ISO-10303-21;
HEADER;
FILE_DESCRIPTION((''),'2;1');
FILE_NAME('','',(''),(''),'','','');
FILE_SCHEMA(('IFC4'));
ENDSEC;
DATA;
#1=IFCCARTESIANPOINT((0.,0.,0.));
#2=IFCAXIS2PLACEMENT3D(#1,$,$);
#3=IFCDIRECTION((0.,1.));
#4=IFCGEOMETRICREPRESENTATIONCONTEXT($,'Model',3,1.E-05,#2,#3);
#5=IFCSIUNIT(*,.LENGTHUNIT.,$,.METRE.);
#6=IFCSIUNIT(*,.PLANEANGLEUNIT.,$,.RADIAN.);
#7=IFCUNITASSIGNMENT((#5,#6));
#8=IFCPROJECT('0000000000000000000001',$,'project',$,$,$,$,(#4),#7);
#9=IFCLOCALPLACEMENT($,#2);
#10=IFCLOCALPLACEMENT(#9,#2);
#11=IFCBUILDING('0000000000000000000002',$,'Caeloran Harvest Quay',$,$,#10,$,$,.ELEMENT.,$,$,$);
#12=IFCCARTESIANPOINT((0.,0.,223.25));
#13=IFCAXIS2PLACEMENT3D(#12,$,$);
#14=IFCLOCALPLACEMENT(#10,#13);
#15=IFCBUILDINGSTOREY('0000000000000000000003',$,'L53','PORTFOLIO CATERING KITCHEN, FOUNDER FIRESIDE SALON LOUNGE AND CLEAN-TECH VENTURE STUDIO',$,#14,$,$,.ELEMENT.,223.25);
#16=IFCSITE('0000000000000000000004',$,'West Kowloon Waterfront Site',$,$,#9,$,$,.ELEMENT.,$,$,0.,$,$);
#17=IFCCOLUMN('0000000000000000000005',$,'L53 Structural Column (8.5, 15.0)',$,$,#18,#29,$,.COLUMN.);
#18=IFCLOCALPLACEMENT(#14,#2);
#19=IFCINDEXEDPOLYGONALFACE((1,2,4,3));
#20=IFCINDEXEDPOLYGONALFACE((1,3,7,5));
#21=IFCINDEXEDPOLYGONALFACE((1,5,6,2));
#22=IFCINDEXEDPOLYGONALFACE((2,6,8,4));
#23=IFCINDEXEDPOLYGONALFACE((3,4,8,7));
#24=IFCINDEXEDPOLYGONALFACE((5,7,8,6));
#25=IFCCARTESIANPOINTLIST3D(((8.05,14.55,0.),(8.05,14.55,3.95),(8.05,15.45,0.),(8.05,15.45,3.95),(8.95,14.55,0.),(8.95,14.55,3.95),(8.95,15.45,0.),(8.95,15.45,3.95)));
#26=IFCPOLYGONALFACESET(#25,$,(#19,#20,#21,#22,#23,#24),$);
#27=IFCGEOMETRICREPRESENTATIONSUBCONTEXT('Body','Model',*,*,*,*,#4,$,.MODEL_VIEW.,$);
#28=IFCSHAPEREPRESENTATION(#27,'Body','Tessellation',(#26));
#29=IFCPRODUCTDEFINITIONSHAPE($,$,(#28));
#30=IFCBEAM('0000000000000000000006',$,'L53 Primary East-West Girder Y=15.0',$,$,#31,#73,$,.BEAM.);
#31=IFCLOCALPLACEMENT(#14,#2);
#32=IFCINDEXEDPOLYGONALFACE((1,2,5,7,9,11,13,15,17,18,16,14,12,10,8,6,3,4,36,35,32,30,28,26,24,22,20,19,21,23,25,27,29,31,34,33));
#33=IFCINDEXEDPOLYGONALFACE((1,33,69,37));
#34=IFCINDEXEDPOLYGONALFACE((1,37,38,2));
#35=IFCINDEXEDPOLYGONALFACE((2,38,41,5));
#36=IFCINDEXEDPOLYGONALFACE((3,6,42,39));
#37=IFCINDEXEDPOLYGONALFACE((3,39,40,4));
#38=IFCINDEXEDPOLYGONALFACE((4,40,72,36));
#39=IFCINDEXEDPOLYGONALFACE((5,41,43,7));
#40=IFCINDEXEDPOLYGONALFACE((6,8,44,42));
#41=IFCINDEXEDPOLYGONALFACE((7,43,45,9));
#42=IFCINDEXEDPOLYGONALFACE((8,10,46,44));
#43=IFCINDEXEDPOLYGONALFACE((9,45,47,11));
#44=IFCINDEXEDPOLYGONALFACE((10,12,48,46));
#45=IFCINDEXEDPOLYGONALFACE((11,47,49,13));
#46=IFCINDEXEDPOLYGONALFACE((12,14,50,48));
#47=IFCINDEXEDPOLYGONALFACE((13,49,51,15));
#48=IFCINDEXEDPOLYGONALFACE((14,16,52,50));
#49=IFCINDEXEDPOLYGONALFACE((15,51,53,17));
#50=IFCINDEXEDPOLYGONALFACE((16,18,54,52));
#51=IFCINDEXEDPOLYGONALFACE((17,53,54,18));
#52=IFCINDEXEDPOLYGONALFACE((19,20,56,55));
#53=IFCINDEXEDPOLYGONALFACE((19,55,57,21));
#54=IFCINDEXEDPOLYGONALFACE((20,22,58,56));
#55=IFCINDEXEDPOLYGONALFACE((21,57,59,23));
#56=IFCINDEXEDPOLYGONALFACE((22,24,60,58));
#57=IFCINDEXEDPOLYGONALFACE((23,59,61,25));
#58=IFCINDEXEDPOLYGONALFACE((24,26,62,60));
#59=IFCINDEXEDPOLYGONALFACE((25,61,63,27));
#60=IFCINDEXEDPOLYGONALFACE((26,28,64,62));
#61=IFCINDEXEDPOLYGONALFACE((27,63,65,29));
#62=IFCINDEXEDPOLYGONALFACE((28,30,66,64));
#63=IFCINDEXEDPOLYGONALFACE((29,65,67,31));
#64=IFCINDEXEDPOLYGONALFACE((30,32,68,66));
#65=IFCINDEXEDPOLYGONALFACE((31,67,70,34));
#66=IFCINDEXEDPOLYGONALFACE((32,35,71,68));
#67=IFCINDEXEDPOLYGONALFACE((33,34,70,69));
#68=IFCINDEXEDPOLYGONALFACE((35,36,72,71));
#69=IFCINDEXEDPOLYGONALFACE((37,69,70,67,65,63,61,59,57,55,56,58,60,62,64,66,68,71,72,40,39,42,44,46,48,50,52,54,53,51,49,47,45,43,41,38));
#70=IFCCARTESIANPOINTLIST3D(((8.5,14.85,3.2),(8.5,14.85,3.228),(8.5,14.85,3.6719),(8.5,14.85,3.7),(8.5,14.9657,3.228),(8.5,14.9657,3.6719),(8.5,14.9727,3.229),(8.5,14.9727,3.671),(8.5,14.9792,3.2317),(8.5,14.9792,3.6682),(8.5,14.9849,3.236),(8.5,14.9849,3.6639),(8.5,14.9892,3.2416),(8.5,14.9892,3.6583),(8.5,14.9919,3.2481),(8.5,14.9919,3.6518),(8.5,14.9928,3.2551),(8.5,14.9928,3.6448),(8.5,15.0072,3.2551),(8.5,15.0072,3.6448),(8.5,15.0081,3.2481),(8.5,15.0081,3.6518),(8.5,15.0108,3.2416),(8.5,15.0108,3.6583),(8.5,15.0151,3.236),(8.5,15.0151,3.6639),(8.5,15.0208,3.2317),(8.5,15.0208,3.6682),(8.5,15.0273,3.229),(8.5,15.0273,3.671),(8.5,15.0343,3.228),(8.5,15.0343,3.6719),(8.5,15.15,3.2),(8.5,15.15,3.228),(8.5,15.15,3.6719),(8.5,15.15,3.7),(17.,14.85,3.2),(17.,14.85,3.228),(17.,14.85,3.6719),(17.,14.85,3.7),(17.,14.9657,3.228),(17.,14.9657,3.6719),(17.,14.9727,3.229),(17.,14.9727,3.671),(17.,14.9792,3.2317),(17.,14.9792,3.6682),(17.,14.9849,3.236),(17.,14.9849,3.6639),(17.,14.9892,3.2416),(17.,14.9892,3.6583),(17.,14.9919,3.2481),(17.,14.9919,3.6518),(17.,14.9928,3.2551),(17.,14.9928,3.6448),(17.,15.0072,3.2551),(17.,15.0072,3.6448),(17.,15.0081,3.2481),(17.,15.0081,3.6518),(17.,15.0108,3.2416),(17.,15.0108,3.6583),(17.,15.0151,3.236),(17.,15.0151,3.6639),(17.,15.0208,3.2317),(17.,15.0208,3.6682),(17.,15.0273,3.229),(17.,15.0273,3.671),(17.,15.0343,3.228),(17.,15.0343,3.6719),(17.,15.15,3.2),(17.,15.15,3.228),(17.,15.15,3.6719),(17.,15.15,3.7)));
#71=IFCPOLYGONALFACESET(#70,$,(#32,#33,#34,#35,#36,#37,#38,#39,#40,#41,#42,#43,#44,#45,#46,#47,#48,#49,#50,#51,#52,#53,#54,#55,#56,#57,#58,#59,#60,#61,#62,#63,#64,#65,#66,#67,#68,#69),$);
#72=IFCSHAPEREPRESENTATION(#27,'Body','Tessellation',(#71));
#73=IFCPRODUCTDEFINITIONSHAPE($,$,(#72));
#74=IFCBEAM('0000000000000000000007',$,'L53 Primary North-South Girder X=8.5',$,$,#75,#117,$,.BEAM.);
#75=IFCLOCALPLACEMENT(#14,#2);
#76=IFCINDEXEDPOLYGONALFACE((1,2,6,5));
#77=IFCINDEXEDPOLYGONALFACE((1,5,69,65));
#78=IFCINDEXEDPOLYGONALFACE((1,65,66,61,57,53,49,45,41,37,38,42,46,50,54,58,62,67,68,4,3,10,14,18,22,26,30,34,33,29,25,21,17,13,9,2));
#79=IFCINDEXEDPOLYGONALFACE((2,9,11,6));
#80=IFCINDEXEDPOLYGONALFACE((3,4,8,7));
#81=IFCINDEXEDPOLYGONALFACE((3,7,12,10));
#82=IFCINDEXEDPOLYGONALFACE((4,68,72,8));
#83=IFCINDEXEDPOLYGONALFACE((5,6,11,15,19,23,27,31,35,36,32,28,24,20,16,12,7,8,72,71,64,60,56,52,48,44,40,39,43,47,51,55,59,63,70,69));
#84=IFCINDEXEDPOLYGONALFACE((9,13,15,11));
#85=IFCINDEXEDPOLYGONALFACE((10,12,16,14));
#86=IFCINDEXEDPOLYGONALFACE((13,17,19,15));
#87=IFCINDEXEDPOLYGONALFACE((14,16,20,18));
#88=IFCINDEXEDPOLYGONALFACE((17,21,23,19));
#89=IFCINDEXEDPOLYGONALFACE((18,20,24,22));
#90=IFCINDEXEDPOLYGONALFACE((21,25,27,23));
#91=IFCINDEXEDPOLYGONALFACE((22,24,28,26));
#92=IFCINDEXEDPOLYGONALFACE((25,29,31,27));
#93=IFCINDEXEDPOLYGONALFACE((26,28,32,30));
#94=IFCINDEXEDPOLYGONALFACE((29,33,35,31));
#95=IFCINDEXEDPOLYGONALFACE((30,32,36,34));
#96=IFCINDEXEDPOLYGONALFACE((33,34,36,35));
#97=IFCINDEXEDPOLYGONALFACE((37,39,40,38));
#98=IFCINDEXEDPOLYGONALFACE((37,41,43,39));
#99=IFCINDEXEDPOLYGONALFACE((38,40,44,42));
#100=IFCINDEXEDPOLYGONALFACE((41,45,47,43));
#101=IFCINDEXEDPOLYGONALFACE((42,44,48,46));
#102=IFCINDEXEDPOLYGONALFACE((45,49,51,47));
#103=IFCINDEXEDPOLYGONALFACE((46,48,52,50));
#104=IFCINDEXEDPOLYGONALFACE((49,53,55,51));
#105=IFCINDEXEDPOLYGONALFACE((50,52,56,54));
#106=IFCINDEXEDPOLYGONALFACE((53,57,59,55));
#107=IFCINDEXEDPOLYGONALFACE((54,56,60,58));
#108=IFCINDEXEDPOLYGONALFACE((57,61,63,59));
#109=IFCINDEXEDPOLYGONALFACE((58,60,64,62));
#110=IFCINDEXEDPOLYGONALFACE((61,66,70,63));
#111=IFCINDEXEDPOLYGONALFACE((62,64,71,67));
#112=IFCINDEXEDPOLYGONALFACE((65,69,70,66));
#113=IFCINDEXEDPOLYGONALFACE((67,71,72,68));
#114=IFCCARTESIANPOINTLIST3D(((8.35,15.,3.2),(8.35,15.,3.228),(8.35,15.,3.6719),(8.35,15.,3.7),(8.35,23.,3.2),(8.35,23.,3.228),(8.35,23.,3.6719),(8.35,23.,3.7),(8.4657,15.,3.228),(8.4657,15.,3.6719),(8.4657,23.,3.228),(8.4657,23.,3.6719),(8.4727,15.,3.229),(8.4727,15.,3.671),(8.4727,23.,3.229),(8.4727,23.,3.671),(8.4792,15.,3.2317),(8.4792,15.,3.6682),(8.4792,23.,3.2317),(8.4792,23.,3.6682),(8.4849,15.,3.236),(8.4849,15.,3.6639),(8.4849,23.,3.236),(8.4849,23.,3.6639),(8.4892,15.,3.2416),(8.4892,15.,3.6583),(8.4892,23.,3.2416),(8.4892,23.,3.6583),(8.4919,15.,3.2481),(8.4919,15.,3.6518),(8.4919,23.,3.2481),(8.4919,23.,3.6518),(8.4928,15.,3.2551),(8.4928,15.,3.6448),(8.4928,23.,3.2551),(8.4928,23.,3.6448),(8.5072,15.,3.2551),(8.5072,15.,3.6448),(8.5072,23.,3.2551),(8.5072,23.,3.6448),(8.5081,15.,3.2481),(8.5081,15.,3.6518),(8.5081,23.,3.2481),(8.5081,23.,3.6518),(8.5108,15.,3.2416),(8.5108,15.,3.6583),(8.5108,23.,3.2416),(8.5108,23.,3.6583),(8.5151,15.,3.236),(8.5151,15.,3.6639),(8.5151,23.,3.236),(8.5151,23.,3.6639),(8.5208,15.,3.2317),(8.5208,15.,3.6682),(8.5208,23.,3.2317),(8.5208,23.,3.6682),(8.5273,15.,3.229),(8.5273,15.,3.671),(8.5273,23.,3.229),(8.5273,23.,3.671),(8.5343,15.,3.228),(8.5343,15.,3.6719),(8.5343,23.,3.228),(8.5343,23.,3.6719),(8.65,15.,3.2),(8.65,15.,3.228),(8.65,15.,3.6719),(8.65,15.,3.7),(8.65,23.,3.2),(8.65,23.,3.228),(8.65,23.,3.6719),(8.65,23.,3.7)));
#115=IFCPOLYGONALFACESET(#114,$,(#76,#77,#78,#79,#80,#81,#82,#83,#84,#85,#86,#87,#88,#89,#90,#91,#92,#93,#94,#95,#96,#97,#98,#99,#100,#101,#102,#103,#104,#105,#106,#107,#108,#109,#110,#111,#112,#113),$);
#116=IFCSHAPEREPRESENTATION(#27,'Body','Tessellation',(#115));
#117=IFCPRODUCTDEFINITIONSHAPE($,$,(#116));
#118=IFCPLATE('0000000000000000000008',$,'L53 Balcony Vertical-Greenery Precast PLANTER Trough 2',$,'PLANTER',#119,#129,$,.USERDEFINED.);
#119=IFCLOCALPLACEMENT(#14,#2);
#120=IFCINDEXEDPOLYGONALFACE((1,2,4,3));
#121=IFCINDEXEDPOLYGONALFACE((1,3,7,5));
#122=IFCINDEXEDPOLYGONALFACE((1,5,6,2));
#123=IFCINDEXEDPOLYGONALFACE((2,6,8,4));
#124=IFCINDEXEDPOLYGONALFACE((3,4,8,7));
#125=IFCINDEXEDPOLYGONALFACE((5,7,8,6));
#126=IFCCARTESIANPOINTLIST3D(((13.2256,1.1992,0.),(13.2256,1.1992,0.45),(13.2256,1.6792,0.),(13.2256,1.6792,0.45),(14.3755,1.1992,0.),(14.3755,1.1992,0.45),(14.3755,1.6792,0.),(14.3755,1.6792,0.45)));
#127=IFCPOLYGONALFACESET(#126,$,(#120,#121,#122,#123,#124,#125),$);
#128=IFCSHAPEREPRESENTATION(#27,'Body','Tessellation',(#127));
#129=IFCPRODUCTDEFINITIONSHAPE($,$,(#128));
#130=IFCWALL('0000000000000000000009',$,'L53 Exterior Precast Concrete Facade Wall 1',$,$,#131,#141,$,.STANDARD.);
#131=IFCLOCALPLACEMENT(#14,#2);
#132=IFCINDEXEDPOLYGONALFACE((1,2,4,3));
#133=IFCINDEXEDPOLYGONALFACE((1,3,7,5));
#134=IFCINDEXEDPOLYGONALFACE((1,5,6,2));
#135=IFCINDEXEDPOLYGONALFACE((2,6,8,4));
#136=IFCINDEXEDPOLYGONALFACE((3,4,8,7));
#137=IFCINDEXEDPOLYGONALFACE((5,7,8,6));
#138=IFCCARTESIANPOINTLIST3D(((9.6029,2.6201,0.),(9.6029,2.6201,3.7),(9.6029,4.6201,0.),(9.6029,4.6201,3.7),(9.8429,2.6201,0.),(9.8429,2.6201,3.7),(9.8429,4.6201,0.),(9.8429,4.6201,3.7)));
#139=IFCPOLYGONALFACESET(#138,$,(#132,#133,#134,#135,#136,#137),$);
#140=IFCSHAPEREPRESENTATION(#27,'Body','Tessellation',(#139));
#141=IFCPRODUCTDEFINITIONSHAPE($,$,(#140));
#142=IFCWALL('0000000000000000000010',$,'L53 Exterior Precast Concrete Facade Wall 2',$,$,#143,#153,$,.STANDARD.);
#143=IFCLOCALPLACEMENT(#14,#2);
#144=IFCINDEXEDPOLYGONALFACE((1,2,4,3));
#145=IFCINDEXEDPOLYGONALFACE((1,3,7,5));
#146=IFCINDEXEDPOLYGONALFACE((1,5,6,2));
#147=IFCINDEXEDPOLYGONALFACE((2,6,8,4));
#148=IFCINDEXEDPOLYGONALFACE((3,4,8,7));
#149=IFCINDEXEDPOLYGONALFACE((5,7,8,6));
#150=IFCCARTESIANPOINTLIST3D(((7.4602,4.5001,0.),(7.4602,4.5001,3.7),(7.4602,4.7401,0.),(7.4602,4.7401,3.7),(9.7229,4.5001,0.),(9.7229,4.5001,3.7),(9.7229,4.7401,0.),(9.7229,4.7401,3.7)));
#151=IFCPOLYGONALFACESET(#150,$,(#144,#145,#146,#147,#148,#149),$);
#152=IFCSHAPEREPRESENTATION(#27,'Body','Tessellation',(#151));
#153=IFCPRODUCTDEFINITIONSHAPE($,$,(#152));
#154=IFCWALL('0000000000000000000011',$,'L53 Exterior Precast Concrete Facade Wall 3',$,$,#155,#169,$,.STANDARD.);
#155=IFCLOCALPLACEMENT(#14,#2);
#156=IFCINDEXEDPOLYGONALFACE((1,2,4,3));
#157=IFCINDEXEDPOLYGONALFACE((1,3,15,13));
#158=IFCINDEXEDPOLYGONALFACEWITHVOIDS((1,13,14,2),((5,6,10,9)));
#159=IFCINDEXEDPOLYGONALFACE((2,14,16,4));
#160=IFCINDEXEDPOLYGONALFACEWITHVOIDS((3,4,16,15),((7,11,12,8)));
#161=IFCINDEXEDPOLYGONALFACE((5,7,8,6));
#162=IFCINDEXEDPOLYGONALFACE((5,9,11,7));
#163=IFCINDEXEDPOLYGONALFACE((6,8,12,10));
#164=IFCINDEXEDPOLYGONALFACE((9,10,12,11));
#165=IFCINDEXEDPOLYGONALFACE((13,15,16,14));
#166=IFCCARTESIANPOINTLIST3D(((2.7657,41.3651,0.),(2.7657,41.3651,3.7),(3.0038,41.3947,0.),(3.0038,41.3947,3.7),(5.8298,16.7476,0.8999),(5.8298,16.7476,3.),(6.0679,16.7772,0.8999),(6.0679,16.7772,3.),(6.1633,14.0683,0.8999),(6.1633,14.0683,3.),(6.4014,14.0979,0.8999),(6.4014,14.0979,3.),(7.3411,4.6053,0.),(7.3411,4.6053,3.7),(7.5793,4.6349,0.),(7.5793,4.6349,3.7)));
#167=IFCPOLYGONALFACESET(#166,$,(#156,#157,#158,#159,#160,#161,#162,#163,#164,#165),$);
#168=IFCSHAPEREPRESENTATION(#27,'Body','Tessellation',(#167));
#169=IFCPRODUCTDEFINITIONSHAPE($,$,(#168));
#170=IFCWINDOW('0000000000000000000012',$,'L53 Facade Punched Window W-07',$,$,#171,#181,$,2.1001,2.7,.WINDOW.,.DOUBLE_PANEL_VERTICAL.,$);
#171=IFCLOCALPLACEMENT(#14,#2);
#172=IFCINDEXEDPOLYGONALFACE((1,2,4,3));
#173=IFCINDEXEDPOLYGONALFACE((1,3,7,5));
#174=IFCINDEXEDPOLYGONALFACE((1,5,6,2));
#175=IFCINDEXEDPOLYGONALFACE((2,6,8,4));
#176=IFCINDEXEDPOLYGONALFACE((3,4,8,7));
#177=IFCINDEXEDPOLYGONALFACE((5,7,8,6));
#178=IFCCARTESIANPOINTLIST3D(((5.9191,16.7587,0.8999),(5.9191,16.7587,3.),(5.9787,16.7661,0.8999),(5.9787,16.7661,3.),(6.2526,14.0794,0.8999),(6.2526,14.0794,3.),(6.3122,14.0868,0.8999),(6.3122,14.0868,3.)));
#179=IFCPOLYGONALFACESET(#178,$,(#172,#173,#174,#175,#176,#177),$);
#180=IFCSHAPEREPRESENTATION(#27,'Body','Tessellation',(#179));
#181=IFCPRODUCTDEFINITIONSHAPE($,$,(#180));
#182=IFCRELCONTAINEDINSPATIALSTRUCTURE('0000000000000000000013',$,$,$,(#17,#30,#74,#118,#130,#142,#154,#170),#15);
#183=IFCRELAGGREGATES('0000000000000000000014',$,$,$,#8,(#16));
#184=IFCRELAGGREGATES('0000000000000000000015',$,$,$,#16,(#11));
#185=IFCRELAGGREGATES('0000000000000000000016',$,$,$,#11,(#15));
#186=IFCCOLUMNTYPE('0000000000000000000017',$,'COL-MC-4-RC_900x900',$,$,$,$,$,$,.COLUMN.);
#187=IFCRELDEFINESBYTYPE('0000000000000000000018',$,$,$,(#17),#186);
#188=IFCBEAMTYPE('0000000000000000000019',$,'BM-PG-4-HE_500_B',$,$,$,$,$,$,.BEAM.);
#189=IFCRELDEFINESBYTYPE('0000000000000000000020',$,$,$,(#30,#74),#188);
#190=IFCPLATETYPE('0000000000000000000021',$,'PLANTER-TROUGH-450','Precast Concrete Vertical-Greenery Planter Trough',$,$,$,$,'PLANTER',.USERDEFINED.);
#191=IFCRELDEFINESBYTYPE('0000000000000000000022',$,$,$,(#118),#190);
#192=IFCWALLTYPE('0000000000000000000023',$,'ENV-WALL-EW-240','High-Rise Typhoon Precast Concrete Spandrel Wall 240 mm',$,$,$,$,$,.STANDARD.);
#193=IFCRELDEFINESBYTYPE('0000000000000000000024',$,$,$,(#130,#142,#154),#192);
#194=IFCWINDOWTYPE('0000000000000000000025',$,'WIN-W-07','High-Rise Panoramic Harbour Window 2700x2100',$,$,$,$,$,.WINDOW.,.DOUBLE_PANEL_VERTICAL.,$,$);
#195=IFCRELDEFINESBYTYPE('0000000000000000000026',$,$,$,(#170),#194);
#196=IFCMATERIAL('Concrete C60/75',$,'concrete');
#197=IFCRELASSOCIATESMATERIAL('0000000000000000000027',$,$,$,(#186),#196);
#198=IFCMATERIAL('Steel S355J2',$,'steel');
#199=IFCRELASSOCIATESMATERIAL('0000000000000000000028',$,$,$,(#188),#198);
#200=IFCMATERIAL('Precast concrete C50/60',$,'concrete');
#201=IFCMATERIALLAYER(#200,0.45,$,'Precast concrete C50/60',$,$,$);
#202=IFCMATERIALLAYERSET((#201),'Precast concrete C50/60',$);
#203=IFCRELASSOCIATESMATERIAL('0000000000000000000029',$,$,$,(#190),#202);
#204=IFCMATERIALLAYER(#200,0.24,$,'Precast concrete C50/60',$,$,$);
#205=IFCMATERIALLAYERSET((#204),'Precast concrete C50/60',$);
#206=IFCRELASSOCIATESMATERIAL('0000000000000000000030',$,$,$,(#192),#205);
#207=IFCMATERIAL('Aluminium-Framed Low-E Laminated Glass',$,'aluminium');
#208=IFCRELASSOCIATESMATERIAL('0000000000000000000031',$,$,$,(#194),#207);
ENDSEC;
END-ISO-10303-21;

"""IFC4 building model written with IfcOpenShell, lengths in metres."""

from ifc_helpers import new_model, si_unit, direction, frame, frame_2d, origin, origin_2d, place, context, subcontext, project, spatial, rectangle, i_section, extrude, material, layer, layer_set, material_profile, profile_set, type_object, element, fill, save


model = new_model("IFC4")

# Units and contexts
model_context = context("Model", 3, precision=1e-05, world=origin(), true_north=direction((0.0, 1.0)))
body_context = subcontext(model_context, "Body", "Model", "MODEL_VIEW")
ifc_project = project(units=[si_unit("LENGTHUNIT", "METRE"), si_unit("PLANEANGLEUNIT", "RADIAN")], contexts=[model_context])

# Site, building, storey
site_placement = place(None, origin())
site = spatial("IfcSite", under=ifc_project, at=site_placement, Name="West Kowloon Waterfront Site", CompositionType="ELEMENT", RefElevation=0.0)
building_placement = place(site_placement, origin())
building = spatial("IfcBuilding", under=site, at=building_placement, Name="Caeloran Harvest Quay", CompositionType="ELEMENT")
storey_placement = place(building_placement, frame((0.0, 0.0, 223.25)))
storey = spatial("IfcBuildingStorey", under=building, at=storey_placement, Name="L53", Description="PORTFOLIO CATERING KITCHEN, FOUNDER FIRESIDE SALON LOUNGE AND CLEAN-TECH VENTURE STUDIO", CompositionType="ELEMENT", Elevation=223.25)

# Column
ifc_material_1 = material(Name="Concrete C60/75", Category="concrete")
ifc_material_profile_1 = material_profile(ifc_material_1, rectangle(XDim=0.8999, YDim=0.8999, at=origin_2d()), Name="RC 900x900")
ifc_profile_set_1 = profile_set([ifc_material_profile_1], Name="Concrete C60/75")
column_type = type_object("IfcColumnType", Name="COL-MC-4-RC_900x900", PredefinedType="COLUMN", material=ifc_profile_set_1)
column_placement = place(storey_placement, frame((8.5, 15.0, 0.0), z_axis=(0.0, 0.0, 1.0), x_axis=(1.0, 0.0, 0.0)))
element("IfcColumn", 1, at=column_placement, inside=storey, type_object=column_type, Name="L53 Structural Column (8.5, 15.0)", PredefinedType="COLUMN", context=body_context, shape_type="SweptSolid", body=[
    extrude(rectangle(XDim=0.8999, YDim=0.8999, at=origin_2d()), origin(), (0.0, 0.0, 1.0), 3.95),
])

# Beams
ifc_material_2 = material(Name="Steel S355J2", Category="steel")
ifc_material_profile_2 = material_profile(ifc_material_2, i_section(OverallWidth=0.3, OverallDepth=0.5, WebThickness=0.0144, FlangeThickness=0.0281, FilletRadius=0.0271, at=origin_2d()), Name="HE 500 B")
ifc_profile_set_2 = profile_set([ifc_material_profile_2], Name="Steel S355J2")
beam_type = type_object("IfcBeamType", Name="BM-PG-4-HE_500_B", PredefinedType="BEAM", material=ifc_profile_set_2)
beam_1_placement = place(storey_placement, frame((8.5, 15.0, 3.45), z_axis=(1.0, 0.0, 0.0), x_axis=(0.0, 1.0, 0.0)))
element("IfcBeam", 2, at=beam_1_placement, inside=storey, type_object=beam_type, Name="L53 Primary East-West Girder Y=15.0", PredefinedType="BEAM", context=body_context, shape_type="SweptSolid", body=[
    extrude(i_section(OverallWidth=0.3, OverallDepth=0.5, WebThickness=0.0144, FlangeThickness=0.0281, FilletRadius=0.0271, at=origin_2d()), origin(), (0.0, 0.0, 1.0), 8.5),
])
beam_2_placement = place(storey_placement, frame((8.5, 15.0, 3.45), z_axis=(0.0, 1.0, 0.0), x_axis=(-1.0, 0.0, 0.0)))
element("IfcBeam", 3, at=beam_2_placement, inside=storey, type_object=beam_type, Name="L53 Primary North-South Girder X=8.5", PredefinedType="BEAM", context=body_context, shape_type="SweptSolid", body=[
    extrude(i_section(OverallWidth=0.3, OverallDepth=0.5, WebThickness=0.0144, FlangeThickness=0.0281, FilletRadius=0.0271, at=origin_2d()), origin(), (0.0, 0.0, 1.0), 8.0),
])

# Plate
ifc_material_3 = material(Name="Precast concrete C50/60", Category="concrete")
ifc_layer_1 = layer(ifc_material_3, 0.45, Name="Precast concrete C50/60")
ifc_layer_set_1 = layer_set([ifc_layer_1], Name="Precast concrete C50/60")
plate_type = type_object("IfcPlateType", Name="PLANTER-TROUGH-450", Description="Precast Concrete Vertical-Greenery Planter Trough", ElementType="PLANTER", PredefinedType="USERDEFINED", material=ifc_layer_set_1)
plate_placement = place(storey_placement, frame((13.8005, 1.4392, 0.0), z_axis=(0.0, 0.0, 1.0), x_axis=(1.0, 0.0, 0.0)))
element("IfcPlate", 4, at=plate_placement, inside=storey, type_object=plate_type, Name="L53 Balcony Vertical-Greenery Precast PLANTER Trough 2", ObjectType="PLANTER", PredefinedType="USERDEFINED", context=body_context, shape_type="SweptSolid", body=[
    extrude(rectangle(XDim=1.1499, YDim=0.48, at=origin_2d()), origin(), (0.0, 0.0, 1.0), 0.45),
])

# Walls
ifc_layer_2 = layer(ifc_material_3, 0.24, Name="Precast concrete C50/60")
ifc_layer_set_2 = layer_set([ifc_layer_2], Name="Precast concrete C50/60")
wall_type_1 = type_object("IfcWallType", Name="ENV-WALL-EW-240", Description="High-Rise Typhoon Precast Concrete Spandrel Wall 240 mm", PredefinedType="STANDARD", material=ifc_layer_set_2)
wall_1_placement = place(storey_placement, frame((9.7229, 2.6201, 0.0), z_axis=(0.0, 0.0, 1.0), x_axis=(0.0, 1.0, 0.0)))
element("IfcWall", 5, at=wall_1_placement, inside=storey, type_object=wall_type_1, Name="L53 Exterior Precast Concrete Facade Wall 1", PredefinedType="STANDARD", context=body_context, shape_type="SweptSolid", body=[
    extrude(rectangle(XDim=2.0, YDim=0.24, at=frame_2d((1.0, 0.0))), origin(), (0.0, 0.0, 1.0), 3.7),
])
wall_2_placement = place(storey_placement, frame((9.7229, 4.6201, 0.0), z_axis=(0.0, 0.0, 1.0), x_axis=(-1.0, 0.0, 0.0)))
element("IfcWall", 6, at=wall_2_placement, inside=storey, type_object=wall_type_1, Name="L53 Exterior Precast Concrete Facade Wall 2", PredefinedType="STANDARD", context=body_context, shape_type="SweptSolid", body=[
    extrude(rectangle(XDim=2.2627, YDim=0.24, at=frame_2d((1.1313, 0.0))), origin(), (0.0, 0.0, 1.0), 3.7),
])

# Wall, opening, window
wall_3_placement = place(storey_placement, frame((7.4602, 4.6201, 0.0), z_axis=(0.0, 0.0, 1.0), x_axis=(-0.123516, 0.992343, 0.0)))
wall_3 = element("IfcWall", 7, at=wall_3_placement, inside=storey, type_object=wall_type_1, Name="L53 Exterior Precast Concrete Facade Wall 3", PredefinedType="STANDARD", context=body_context, shape_type="SweptSolid", body=[
    extrude(rectangle(XDim=37.0435, YDim=0.24, at=frame_2d((18.5217, 0.0))), origin(), (0.0, 0.0, 1.0), 3.7),
])
opening_1_placement = place(wall_3_placement, frame((9.5359, 0.0, 0.8999)))
opening_1 = element("IfcOpeningElement", 8, at=opening_1_placement, cuts=wall_3, PredefinedType="OPENING", context=body_context, shape_type="SweptSolid", body=[
    extrude(rectangle(XDim=2.7, YDim=2.1001, at=frame_2d((1.3501, 1.05))), frame((0.0, 0.1299, 0.0), z_axis=(0.0, -1.0, 0.0), x_axis=(1.0, 0.0, 0.0)), (0.0, 0.0, 1.0), 0.26),
])
ifc_material_4 = material(Name="Aluminium-Framed Low-E Laminated Glass", Category="aluminium")
window_type = type_object("IfcWindowType", Name="WIN-W-07", Description="High-Rise Panoramic Harbour Window 2700x2100", PartitioningType="DOUBLE_PANEL_VERTICAL", PredefinedType="WINDOW", material=ifc_material_4)
window_placement = place(opening_1_placement, origin())
window = element("IfcWindow", 9, at=window_placement, inside=storey, type_object=window_type, Name="L53 Facade Punched Window W-07", OverallHeight=2.1001, OverallWidth=2.7, PartitioningType="DOUBLE_PANEL_VERTICAL", PredefinedType="WINDOW", context=body_context, shape_type="SweptSolid", body=[
    extrude(rectangle(XDim=2.7, YDim=2.1001, at=frame_2d((1.3501, 1.05))), frame((0.0, 0.03, 0.0), z_axis=(0.0, -1.0, 0.0), x_axis=(1.0, 0.0, 0.0)), (0.0, 0.0, 1.0), 0.0601),
])
fill(opening_1, window)

save(model, "model.ifc")
